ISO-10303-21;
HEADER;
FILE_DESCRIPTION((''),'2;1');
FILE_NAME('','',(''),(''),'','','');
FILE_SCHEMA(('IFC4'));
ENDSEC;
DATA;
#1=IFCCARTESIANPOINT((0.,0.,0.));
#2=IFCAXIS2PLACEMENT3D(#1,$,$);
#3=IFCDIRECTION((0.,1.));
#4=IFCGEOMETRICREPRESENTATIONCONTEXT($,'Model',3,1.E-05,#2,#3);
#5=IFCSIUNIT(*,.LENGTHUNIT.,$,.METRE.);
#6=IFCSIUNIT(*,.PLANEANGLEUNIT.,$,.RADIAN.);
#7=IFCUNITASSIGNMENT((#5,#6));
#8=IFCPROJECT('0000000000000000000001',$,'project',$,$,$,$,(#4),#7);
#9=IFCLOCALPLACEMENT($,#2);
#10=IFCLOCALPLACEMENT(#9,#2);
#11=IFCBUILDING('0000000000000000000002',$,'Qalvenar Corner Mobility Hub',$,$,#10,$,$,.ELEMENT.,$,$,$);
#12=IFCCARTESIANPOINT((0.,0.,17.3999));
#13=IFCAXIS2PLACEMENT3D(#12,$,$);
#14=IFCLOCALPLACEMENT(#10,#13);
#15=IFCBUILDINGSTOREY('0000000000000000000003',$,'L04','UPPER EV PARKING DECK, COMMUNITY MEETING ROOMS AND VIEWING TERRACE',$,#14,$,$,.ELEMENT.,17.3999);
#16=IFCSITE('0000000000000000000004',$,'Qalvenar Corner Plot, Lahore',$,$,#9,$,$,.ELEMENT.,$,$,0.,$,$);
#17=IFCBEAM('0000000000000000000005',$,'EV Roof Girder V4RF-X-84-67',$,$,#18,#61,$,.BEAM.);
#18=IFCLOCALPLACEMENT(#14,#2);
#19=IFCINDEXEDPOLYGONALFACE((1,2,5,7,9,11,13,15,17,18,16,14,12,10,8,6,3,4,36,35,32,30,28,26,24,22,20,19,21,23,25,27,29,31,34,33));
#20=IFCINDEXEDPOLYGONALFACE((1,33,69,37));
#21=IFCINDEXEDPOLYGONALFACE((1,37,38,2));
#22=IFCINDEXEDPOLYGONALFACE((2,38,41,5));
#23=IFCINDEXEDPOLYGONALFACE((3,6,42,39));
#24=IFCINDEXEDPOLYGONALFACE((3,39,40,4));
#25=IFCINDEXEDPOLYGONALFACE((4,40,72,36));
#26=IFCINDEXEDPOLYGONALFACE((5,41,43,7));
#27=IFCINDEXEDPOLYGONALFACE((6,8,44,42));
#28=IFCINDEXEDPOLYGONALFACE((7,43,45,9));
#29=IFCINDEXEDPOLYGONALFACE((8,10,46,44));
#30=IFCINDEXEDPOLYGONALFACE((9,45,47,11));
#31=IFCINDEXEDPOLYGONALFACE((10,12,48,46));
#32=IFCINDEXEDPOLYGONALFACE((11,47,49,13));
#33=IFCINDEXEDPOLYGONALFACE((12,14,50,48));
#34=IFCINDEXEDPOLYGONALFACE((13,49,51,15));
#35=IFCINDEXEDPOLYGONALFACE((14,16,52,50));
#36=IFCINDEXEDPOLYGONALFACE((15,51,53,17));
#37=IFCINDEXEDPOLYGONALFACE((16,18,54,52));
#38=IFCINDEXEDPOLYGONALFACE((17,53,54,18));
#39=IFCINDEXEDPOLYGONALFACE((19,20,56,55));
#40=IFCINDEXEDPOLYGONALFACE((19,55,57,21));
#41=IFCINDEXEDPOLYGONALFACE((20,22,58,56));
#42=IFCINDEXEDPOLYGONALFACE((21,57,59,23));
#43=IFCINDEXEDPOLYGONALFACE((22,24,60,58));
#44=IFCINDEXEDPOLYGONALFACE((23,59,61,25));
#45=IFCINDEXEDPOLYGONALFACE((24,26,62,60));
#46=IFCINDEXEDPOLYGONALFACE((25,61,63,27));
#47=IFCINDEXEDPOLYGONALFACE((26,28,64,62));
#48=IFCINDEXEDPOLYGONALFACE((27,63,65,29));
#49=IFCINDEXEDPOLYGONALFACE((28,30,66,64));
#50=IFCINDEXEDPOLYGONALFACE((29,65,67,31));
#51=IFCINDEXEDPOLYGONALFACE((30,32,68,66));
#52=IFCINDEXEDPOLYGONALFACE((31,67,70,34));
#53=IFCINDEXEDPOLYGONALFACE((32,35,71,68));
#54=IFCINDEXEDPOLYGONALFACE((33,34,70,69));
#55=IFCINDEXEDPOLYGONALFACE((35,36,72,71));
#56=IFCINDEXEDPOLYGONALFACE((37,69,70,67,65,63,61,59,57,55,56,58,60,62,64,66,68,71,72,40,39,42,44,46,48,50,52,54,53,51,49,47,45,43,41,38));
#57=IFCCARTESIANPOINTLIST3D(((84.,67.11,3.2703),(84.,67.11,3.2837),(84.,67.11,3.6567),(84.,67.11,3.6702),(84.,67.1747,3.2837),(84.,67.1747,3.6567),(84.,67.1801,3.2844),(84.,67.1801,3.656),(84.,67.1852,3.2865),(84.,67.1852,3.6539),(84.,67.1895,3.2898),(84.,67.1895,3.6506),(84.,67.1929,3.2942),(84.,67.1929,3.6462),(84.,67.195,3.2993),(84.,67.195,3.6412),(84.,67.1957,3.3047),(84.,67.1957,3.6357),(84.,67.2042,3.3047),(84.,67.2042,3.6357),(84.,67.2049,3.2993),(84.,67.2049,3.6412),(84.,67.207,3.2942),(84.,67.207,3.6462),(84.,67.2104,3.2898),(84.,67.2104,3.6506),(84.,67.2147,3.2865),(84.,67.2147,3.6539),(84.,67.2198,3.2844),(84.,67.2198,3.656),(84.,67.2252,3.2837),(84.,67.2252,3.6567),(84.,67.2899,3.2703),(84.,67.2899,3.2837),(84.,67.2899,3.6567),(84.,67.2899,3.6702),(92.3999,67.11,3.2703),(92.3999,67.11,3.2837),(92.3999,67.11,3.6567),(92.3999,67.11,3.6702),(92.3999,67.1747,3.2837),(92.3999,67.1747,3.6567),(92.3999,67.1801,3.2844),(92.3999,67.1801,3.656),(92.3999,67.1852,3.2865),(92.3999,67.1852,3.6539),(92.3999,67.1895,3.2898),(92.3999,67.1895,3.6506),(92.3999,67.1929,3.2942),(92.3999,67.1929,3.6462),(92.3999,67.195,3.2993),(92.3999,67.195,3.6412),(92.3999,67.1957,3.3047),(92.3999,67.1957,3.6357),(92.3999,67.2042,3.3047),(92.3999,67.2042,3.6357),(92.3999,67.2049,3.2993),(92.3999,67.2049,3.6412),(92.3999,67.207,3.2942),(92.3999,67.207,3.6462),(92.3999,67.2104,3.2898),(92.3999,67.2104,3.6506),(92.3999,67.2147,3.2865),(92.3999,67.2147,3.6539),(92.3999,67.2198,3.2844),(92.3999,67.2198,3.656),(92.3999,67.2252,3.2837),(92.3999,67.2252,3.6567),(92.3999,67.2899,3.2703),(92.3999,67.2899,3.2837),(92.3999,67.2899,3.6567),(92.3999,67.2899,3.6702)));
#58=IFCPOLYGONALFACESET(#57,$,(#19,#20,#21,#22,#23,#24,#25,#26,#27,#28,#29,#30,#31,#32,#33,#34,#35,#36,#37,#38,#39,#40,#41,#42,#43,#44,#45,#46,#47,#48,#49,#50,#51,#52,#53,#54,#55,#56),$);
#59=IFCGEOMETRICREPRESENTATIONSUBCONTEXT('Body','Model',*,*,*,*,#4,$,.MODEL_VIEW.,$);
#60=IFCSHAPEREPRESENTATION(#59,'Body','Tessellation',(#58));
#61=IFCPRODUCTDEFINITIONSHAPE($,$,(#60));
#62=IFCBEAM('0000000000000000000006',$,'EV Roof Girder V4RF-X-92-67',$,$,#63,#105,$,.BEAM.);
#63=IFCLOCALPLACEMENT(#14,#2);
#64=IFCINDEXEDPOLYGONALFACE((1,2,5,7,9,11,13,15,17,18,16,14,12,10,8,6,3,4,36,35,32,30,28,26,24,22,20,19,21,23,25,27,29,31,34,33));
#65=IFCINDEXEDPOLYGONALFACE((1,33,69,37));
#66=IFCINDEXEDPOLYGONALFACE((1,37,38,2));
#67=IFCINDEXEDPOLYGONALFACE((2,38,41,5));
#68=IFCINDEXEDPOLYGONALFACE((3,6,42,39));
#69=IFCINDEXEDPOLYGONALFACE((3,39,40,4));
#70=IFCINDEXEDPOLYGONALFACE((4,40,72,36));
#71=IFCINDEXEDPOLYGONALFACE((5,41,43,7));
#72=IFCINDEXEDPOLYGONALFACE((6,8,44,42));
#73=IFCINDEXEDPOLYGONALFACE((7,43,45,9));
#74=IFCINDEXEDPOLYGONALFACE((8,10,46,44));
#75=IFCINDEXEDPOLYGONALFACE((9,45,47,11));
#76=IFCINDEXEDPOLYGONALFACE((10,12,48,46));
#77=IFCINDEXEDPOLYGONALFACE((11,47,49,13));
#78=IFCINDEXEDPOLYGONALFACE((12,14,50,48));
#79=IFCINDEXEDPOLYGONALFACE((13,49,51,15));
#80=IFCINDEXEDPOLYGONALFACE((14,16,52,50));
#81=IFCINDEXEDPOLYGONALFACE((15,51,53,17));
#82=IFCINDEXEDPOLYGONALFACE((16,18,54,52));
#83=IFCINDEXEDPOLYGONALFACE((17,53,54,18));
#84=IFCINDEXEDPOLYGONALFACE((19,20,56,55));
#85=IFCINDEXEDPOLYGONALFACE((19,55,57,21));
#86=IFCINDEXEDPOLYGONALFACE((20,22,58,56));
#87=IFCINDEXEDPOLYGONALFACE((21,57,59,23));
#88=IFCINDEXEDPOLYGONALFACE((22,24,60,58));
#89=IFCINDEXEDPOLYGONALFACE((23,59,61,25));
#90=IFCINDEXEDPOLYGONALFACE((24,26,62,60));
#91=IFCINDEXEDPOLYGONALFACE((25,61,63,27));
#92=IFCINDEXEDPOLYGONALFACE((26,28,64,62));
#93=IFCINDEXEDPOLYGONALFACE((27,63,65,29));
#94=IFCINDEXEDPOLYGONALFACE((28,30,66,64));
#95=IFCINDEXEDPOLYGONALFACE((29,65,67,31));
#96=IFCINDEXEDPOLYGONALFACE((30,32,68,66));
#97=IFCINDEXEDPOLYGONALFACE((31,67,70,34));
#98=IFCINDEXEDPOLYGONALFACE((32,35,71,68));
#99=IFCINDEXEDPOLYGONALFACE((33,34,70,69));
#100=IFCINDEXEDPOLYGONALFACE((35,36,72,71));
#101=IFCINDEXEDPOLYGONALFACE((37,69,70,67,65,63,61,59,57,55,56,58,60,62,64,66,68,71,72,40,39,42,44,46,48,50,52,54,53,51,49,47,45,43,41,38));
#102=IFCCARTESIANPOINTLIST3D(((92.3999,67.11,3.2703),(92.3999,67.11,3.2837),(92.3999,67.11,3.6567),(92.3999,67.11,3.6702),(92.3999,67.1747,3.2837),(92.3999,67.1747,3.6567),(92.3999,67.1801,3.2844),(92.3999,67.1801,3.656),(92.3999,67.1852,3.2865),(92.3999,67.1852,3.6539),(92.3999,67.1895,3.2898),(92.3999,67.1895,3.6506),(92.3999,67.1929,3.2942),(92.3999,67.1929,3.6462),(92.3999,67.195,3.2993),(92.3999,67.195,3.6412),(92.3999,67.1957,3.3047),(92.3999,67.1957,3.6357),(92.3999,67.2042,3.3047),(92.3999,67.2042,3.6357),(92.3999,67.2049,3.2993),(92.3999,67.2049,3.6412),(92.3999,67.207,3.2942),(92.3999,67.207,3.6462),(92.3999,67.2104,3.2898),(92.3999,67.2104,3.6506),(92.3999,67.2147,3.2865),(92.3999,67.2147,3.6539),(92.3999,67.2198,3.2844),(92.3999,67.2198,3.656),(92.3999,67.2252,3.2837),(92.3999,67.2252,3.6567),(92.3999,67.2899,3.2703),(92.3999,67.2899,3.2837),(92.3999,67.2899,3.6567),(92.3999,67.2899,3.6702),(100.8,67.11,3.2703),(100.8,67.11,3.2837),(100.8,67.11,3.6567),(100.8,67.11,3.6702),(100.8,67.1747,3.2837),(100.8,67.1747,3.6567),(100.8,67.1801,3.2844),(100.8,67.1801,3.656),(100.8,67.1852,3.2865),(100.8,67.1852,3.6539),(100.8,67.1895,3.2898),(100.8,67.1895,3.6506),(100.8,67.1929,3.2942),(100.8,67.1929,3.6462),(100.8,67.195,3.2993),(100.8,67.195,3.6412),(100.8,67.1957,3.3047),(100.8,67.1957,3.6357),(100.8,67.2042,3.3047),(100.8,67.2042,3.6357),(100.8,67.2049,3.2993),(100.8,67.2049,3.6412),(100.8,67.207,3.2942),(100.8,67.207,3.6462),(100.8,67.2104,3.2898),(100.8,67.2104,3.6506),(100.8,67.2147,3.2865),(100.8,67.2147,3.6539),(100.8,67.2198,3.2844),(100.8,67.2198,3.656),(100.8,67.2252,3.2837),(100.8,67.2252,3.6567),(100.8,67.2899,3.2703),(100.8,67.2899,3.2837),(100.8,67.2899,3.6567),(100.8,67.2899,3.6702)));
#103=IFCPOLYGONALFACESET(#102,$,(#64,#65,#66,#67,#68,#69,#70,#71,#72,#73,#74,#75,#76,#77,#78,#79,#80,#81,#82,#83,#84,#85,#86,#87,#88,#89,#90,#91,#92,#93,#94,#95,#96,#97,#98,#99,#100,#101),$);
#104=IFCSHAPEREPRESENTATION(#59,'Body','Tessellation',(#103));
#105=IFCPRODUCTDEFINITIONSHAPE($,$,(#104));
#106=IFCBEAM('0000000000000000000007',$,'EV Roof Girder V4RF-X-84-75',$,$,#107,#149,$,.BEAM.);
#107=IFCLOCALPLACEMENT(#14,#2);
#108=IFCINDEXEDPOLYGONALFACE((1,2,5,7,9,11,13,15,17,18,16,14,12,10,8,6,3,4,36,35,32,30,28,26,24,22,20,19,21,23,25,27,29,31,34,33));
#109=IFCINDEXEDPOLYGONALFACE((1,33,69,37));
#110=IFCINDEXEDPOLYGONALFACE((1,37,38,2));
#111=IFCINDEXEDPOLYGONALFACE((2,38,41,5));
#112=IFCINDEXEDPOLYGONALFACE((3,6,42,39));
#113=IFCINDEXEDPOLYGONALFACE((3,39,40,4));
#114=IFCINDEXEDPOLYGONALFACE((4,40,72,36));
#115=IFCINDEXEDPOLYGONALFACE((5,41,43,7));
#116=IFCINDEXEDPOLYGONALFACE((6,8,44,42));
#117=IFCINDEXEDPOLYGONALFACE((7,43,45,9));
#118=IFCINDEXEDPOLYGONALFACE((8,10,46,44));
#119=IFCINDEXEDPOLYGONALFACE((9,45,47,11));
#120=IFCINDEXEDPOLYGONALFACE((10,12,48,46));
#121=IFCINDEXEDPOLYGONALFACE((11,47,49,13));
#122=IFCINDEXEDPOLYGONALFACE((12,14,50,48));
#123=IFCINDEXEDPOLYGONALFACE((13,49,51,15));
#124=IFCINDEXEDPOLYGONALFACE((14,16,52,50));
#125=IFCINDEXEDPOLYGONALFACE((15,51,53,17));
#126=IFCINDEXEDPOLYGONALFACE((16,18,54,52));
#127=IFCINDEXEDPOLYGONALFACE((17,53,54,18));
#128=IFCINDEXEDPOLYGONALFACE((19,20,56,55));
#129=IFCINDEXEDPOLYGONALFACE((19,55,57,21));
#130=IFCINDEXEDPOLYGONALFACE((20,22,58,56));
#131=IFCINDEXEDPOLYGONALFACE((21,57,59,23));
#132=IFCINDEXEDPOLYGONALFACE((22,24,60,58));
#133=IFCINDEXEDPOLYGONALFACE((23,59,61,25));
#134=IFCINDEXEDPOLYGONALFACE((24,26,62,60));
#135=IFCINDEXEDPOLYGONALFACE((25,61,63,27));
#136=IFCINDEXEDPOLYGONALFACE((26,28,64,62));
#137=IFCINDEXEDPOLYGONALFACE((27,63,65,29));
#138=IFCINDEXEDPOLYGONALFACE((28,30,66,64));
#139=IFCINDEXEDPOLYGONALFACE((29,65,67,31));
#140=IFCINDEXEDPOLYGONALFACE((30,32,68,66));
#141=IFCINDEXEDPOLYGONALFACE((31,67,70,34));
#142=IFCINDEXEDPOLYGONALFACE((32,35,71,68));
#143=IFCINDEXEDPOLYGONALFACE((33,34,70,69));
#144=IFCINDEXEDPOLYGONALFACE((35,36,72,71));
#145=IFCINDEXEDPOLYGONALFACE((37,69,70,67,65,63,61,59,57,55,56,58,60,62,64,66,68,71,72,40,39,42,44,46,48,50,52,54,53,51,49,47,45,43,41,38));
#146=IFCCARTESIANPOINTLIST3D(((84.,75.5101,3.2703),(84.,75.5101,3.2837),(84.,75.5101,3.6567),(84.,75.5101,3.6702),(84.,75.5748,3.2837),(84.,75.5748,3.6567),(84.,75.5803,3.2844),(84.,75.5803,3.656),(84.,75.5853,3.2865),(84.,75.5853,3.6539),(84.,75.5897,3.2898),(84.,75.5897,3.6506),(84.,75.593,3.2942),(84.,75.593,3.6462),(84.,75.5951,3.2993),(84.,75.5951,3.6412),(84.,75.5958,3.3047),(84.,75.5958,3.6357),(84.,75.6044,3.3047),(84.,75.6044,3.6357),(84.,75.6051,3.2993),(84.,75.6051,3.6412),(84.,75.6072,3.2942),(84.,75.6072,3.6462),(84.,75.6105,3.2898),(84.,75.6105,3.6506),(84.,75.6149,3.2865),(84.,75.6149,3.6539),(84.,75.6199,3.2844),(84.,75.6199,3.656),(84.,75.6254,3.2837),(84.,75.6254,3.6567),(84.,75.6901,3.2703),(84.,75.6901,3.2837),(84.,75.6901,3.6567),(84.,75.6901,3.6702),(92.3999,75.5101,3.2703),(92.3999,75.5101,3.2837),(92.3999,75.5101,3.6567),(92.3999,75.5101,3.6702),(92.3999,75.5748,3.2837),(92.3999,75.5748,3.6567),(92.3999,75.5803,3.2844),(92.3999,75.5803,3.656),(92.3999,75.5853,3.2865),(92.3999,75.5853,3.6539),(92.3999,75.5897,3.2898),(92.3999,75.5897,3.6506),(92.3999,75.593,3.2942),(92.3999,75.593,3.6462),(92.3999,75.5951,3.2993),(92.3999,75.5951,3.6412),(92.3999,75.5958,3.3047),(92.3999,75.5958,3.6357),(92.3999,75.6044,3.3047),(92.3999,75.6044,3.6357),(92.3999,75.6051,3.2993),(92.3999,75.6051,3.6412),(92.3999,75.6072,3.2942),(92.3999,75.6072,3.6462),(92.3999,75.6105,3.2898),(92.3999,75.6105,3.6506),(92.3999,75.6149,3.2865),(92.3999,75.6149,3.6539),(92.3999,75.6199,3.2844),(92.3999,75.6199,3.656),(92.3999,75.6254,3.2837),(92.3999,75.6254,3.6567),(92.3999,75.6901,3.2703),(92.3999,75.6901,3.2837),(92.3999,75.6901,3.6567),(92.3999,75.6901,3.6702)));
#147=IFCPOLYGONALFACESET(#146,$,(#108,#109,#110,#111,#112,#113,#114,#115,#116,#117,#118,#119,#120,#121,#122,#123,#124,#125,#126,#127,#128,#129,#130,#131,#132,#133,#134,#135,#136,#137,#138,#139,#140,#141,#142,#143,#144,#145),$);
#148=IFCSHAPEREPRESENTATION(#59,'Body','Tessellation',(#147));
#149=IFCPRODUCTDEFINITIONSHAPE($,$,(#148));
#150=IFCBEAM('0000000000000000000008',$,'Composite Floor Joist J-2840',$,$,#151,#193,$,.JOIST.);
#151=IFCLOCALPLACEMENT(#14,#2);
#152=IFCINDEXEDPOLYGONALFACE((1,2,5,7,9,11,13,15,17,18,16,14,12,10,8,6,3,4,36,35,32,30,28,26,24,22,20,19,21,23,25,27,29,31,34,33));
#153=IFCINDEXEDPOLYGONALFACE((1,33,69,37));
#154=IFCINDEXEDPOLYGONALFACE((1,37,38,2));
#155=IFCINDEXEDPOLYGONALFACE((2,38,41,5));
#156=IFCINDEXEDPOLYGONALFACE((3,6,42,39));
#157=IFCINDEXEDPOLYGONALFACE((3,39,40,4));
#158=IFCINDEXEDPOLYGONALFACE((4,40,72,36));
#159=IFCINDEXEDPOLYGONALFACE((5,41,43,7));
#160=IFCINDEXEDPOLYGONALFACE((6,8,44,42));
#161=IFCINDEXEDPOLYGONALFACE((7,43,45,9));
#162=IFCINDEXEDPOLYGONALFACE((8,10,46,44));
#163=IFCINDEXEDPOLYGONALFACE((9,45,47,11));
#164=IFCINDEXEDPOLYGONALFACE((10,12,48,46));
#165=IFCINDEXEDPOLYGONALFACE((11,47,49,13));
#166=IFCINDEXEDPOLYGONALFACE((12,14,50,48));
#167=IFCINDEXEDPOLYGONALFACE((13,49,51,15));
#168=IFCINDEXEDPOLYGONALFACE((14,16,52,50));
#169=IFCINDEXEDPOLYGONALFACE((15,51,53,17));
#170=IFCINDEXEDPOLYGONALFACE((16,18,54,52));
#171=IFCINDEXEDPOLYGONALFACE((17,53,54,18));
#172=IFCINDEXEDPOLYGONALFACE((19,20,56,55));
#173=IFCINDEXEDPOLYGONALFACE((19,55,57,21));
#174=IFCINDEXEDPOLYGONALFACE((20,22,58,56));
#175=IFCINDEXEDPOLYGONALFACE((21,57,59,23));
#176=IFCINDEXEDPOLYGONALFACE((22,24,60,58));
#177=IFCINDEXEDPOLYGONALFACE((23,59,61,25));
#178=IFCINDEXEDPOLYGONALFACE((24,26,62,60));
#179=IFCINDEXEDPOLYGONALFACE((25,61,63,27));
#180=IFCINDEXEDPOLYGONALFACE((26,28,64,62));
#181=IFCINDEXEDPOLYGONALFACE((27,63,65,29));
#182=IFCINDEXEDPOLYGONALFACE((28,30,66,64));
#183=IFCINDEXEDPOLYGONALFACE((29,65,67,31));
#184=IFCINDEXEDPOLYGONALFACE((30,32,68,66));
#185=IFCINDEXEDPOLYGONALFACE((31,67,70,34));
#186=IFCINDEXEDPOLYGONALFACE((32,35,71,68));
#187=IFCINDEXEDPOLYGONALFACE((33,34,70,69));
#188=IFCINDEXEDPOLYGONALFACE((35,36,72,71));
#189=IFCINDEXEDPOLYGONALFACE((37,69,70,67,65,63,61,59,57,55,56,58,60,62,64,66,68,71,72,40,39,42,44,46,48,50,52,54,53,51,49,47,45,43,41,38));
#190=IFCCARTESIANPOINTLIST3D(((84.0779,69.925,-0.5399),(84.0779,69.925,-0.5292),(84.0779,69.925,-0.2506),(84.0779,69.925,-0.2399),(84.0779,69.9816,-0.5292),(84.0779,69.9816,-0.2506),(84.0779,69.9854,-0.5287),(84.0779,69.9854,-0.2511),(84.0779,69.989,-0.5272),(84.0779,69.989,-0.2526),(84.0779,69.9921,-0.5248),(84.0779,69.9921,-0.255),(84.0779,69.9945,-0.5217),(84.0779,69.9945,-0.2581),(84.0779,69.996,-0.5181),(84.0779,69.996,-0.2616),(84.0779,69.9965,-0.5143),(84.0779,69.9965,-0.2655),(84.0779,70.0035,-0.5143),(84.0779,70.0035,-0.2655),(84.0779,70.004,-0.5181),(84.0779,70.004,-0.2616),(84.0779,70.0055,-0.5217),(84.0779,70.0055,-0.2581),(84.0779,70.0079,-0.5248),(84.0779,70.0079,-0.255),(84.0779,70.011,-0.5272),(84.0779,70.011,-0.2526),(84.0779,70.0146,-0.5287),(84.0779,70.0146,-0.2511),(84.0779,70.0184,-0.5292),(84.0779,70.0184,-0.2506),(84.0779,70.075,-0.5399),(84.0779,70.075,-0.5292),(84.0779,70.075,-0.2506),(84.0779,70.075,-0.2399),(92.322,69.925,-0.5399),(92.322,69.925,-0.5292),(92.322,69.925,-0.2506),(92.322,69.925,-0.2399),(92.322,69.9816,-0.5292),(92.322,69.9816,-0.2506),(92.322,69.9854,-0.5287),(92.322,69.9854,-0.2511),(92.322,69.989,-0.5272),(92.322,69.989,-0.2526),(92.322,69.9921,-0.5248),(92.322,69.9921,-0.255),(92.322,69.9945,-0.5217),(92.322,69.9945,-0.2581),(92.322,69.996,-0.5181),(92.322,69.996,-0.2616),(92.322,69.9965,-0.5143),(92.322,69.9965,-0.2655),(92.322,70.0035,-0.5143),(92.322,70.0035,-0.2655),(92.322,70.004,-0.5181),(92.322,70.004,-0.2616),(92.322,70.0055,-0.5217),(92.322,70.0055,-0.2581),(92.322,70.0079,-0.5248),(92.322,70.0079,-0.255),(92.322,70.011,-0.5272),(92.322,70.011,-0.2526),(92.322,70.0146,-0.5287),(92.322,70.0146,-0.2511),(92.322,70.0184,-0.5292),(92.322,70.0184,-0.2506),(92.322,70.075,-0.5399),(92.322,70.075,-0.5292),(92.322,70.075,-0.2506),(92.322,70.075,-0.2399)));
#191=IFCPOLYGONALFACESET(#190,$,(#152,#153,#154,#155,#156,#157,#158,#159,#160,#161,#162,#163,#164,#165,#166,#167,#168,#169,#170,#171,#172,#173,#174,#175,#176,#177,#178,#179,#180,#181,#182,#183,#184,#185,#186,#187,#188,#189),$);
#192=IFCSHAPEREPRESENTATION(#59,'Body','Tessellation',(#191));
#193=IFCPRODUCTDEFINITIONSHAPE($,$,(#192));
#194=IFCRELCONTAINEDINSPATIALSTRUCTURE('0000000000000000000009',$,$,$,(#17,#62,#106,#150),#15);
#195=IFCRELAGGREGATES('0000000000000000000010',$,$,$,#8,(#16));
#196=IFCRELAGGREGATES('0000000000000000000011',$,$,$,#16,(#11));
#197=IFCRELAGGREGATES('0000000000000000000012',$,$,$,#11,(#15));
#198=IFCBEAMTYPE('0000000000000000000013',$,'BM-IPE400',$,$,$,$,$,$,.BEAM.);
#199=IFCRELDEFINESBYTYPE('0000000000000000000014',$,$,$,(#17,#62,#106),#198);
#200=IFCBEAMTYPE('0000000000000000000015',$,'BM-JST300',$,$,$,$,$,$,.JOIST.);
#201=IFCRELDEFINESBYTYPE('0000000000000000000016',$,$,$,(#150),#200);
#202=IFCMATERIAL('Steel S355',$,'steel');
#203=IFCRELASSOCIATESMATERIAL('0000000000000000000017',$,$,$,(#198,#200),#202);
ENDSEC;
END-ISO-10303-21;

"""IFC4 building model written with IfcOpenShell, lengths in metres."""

from ifc_helpers import new_model, si_unit, direction, frame, origin, origin_2d, place, context, subcontext, project, spatial, i_section, extrude, material, material_profile, profile_set, type_object, element, save


model = new_model("IFC4")

# Units and contexts
model_context = context("Model", 3, precision=1e-05, world=origin(), true_north=direction((0.0, 1.0)))
body_context = subcontext(model_context, "Body", "Model", "MODEL_VIEW")
ifc_project = project(units=[si_unit("LENGTHUNIT", "METRE"), si_unit("PLANEANGLEUNIT", "RADIAN")], contexts=[model_context])

# Site, building, storey
site_placement = place(None, origin())
site = spatial("IfcSite", under=ifc_project, at=site_placement, Name="Qalvenar Corner Plot, Lahore", CompositionType="ELEMENT", RefElevation=0.0)
building_placement = place(site_placement, origin())
building = spatial("IfcBuilding", under=site, at=building_placement, Name="Qalvenar Corner Mobility Hub", CompositionType="ELEMENT")
storey_placement = place(building_placement, frame((0.0, 0.0, 17.3999)))
storey = spatial("IfcBuildingStorey", under=building, at=storey_placement, Name="L04", Description="UPPER EV PARKING DECK, COMMUNITY MEETING ROOMS AND VIEWING TERRACE", CompositionType="ELEMENT", Elevation=17.3999)

# Shared definitions
ifc_material = material(Name="Steel S355", Category="steel")

# Beams
ifc_material_profile_1 = material_profile(ifc_material, i_section(OverallWidth=0.1799, OverallDepth=0.3999, WebThickness=0.0085, FlangeThickness=0.0134, FilletRadius=0.021, at=origin_2d()), Name="IPE400")
ifc_profile_set_1 = profile_set([ifc_material_profile_1], Name="Steel S355")
beam_type_1 = type_object("IfcBeamType", Name="BM-IPE400", PredefinedType="BEAM", material=ifc_profile_set_1)
beam_1_placement = place(storey_placement, frame((84.0, 67.2, 3.4702), z_axis=(1.0, 0.0, 0.0), x_axis=(0.0, 1.0, 0.0)))
element("IfcBeam", 1, at=beam_1_placement, inside=storey, type_object=beam_type_1, Name="EV Roof Girder V4RF-X-84-67", PredefinedType="BEAM", context=body_context, shape_type="SweptSolid", body=[
    extrude(i_section(OverallWidth=0.1799, OverallDepth=0.3999, WebThickness=0.0085, FlangeThickness=0.0134, FilletRadius=0.021, at=origin_2d()), origin(), (0.0, 0.0, 1.0), 8.3999),
])
beam_2_placement = place(storey_placement, frame((92.3999, 67.2, 3.4702), z_axis=(1.0, 0.0, 0.0), x_axis=(0.0, 1.0, 0.0)))
element("IfcBeam", 2, at=beam_2_placement, inside=storey, type_object=beam_type_1, Name="EV Roof Girder V4RF-X-92-67", PredefinedType="BEAM", context=body_context, shape_type="SweptSolid", body=[
    extrude(i_section(OverallWidth=0.1799, OverallDepth=0.3999, WebThickness=0.0085, FlangeThickness=0.0134, FilletRadius=0.021, at=origin_2d()), origin(), (0.0, 0.0, 1.0), 8.4001),
])
beam_3_placement = place(storey_placement, frame((84.0, 75.6001, 3.4702), z_axis=(1.0, 0.0, 0.0), x_axis=(0.0, 1.0, 0.0)))
element("IfcBeam", 3, at=beam_3_placement, inside=storey, type_object=beam_type_1, Name="EV Roof Girder V4RF-X-84-75", PredefinedType="BEAM", context=body_context, shape_type="SweptSolid", body=[
    extrude(i_section(OverallWidth=0.1799, OverallDepth=0.3999, WebThickness=0.0085, FlangeThickness=0.0134, FilletRadius=0.021, at=origin_2d()), origin(), (0.0, 0.0, 1.0), 8.3999),
])
ifc_material_profile_2 = material_profile(ifc_material, i_section(OverallWidth=0.1499, OverallDepth=0.3, WebThickness=0.0071, FlangeThickness=0.0107, FilletRadius=0.0149, at=origin_2d()), Name="IPE300")
ifc_profile_set_2 = profile_set([ifc_material_profile_2], Name="Steel S355")
beam_type_2 = type_object("IfcBeamType", Name="BM-JST300", PredefinedType="JOIST", material=ifc_profile_set_2)
for number, where, z_axis, x_axis, name in (
    (4, (84.0779, 70.0, -0.3899), (1.0, 0.0, 0.0), (0.0, 1.0, 0.0), "Composite Floor Joist J-2840"),
):
    element("IfcBeam", number, at=place(storey_placement, frame(where, z_axis=z_axis, x_axis=x_axis)), inside=storey, type_object=beam_type_2, Name=name, PredefinedType="JOIST", context=body_context, shape_type="SweptSolid", body=[
        extrude(i_section(OverallWidth=0.1499, OverallDepth=0.3, WebThickness=0.0071, FlangeThickness=0.0107, FilletRadius=0.0149, at=origin_2d()), origin(), (0.0, 0.0, 1.0), 8.2441),
    ])

save(model, "model.ifc")
